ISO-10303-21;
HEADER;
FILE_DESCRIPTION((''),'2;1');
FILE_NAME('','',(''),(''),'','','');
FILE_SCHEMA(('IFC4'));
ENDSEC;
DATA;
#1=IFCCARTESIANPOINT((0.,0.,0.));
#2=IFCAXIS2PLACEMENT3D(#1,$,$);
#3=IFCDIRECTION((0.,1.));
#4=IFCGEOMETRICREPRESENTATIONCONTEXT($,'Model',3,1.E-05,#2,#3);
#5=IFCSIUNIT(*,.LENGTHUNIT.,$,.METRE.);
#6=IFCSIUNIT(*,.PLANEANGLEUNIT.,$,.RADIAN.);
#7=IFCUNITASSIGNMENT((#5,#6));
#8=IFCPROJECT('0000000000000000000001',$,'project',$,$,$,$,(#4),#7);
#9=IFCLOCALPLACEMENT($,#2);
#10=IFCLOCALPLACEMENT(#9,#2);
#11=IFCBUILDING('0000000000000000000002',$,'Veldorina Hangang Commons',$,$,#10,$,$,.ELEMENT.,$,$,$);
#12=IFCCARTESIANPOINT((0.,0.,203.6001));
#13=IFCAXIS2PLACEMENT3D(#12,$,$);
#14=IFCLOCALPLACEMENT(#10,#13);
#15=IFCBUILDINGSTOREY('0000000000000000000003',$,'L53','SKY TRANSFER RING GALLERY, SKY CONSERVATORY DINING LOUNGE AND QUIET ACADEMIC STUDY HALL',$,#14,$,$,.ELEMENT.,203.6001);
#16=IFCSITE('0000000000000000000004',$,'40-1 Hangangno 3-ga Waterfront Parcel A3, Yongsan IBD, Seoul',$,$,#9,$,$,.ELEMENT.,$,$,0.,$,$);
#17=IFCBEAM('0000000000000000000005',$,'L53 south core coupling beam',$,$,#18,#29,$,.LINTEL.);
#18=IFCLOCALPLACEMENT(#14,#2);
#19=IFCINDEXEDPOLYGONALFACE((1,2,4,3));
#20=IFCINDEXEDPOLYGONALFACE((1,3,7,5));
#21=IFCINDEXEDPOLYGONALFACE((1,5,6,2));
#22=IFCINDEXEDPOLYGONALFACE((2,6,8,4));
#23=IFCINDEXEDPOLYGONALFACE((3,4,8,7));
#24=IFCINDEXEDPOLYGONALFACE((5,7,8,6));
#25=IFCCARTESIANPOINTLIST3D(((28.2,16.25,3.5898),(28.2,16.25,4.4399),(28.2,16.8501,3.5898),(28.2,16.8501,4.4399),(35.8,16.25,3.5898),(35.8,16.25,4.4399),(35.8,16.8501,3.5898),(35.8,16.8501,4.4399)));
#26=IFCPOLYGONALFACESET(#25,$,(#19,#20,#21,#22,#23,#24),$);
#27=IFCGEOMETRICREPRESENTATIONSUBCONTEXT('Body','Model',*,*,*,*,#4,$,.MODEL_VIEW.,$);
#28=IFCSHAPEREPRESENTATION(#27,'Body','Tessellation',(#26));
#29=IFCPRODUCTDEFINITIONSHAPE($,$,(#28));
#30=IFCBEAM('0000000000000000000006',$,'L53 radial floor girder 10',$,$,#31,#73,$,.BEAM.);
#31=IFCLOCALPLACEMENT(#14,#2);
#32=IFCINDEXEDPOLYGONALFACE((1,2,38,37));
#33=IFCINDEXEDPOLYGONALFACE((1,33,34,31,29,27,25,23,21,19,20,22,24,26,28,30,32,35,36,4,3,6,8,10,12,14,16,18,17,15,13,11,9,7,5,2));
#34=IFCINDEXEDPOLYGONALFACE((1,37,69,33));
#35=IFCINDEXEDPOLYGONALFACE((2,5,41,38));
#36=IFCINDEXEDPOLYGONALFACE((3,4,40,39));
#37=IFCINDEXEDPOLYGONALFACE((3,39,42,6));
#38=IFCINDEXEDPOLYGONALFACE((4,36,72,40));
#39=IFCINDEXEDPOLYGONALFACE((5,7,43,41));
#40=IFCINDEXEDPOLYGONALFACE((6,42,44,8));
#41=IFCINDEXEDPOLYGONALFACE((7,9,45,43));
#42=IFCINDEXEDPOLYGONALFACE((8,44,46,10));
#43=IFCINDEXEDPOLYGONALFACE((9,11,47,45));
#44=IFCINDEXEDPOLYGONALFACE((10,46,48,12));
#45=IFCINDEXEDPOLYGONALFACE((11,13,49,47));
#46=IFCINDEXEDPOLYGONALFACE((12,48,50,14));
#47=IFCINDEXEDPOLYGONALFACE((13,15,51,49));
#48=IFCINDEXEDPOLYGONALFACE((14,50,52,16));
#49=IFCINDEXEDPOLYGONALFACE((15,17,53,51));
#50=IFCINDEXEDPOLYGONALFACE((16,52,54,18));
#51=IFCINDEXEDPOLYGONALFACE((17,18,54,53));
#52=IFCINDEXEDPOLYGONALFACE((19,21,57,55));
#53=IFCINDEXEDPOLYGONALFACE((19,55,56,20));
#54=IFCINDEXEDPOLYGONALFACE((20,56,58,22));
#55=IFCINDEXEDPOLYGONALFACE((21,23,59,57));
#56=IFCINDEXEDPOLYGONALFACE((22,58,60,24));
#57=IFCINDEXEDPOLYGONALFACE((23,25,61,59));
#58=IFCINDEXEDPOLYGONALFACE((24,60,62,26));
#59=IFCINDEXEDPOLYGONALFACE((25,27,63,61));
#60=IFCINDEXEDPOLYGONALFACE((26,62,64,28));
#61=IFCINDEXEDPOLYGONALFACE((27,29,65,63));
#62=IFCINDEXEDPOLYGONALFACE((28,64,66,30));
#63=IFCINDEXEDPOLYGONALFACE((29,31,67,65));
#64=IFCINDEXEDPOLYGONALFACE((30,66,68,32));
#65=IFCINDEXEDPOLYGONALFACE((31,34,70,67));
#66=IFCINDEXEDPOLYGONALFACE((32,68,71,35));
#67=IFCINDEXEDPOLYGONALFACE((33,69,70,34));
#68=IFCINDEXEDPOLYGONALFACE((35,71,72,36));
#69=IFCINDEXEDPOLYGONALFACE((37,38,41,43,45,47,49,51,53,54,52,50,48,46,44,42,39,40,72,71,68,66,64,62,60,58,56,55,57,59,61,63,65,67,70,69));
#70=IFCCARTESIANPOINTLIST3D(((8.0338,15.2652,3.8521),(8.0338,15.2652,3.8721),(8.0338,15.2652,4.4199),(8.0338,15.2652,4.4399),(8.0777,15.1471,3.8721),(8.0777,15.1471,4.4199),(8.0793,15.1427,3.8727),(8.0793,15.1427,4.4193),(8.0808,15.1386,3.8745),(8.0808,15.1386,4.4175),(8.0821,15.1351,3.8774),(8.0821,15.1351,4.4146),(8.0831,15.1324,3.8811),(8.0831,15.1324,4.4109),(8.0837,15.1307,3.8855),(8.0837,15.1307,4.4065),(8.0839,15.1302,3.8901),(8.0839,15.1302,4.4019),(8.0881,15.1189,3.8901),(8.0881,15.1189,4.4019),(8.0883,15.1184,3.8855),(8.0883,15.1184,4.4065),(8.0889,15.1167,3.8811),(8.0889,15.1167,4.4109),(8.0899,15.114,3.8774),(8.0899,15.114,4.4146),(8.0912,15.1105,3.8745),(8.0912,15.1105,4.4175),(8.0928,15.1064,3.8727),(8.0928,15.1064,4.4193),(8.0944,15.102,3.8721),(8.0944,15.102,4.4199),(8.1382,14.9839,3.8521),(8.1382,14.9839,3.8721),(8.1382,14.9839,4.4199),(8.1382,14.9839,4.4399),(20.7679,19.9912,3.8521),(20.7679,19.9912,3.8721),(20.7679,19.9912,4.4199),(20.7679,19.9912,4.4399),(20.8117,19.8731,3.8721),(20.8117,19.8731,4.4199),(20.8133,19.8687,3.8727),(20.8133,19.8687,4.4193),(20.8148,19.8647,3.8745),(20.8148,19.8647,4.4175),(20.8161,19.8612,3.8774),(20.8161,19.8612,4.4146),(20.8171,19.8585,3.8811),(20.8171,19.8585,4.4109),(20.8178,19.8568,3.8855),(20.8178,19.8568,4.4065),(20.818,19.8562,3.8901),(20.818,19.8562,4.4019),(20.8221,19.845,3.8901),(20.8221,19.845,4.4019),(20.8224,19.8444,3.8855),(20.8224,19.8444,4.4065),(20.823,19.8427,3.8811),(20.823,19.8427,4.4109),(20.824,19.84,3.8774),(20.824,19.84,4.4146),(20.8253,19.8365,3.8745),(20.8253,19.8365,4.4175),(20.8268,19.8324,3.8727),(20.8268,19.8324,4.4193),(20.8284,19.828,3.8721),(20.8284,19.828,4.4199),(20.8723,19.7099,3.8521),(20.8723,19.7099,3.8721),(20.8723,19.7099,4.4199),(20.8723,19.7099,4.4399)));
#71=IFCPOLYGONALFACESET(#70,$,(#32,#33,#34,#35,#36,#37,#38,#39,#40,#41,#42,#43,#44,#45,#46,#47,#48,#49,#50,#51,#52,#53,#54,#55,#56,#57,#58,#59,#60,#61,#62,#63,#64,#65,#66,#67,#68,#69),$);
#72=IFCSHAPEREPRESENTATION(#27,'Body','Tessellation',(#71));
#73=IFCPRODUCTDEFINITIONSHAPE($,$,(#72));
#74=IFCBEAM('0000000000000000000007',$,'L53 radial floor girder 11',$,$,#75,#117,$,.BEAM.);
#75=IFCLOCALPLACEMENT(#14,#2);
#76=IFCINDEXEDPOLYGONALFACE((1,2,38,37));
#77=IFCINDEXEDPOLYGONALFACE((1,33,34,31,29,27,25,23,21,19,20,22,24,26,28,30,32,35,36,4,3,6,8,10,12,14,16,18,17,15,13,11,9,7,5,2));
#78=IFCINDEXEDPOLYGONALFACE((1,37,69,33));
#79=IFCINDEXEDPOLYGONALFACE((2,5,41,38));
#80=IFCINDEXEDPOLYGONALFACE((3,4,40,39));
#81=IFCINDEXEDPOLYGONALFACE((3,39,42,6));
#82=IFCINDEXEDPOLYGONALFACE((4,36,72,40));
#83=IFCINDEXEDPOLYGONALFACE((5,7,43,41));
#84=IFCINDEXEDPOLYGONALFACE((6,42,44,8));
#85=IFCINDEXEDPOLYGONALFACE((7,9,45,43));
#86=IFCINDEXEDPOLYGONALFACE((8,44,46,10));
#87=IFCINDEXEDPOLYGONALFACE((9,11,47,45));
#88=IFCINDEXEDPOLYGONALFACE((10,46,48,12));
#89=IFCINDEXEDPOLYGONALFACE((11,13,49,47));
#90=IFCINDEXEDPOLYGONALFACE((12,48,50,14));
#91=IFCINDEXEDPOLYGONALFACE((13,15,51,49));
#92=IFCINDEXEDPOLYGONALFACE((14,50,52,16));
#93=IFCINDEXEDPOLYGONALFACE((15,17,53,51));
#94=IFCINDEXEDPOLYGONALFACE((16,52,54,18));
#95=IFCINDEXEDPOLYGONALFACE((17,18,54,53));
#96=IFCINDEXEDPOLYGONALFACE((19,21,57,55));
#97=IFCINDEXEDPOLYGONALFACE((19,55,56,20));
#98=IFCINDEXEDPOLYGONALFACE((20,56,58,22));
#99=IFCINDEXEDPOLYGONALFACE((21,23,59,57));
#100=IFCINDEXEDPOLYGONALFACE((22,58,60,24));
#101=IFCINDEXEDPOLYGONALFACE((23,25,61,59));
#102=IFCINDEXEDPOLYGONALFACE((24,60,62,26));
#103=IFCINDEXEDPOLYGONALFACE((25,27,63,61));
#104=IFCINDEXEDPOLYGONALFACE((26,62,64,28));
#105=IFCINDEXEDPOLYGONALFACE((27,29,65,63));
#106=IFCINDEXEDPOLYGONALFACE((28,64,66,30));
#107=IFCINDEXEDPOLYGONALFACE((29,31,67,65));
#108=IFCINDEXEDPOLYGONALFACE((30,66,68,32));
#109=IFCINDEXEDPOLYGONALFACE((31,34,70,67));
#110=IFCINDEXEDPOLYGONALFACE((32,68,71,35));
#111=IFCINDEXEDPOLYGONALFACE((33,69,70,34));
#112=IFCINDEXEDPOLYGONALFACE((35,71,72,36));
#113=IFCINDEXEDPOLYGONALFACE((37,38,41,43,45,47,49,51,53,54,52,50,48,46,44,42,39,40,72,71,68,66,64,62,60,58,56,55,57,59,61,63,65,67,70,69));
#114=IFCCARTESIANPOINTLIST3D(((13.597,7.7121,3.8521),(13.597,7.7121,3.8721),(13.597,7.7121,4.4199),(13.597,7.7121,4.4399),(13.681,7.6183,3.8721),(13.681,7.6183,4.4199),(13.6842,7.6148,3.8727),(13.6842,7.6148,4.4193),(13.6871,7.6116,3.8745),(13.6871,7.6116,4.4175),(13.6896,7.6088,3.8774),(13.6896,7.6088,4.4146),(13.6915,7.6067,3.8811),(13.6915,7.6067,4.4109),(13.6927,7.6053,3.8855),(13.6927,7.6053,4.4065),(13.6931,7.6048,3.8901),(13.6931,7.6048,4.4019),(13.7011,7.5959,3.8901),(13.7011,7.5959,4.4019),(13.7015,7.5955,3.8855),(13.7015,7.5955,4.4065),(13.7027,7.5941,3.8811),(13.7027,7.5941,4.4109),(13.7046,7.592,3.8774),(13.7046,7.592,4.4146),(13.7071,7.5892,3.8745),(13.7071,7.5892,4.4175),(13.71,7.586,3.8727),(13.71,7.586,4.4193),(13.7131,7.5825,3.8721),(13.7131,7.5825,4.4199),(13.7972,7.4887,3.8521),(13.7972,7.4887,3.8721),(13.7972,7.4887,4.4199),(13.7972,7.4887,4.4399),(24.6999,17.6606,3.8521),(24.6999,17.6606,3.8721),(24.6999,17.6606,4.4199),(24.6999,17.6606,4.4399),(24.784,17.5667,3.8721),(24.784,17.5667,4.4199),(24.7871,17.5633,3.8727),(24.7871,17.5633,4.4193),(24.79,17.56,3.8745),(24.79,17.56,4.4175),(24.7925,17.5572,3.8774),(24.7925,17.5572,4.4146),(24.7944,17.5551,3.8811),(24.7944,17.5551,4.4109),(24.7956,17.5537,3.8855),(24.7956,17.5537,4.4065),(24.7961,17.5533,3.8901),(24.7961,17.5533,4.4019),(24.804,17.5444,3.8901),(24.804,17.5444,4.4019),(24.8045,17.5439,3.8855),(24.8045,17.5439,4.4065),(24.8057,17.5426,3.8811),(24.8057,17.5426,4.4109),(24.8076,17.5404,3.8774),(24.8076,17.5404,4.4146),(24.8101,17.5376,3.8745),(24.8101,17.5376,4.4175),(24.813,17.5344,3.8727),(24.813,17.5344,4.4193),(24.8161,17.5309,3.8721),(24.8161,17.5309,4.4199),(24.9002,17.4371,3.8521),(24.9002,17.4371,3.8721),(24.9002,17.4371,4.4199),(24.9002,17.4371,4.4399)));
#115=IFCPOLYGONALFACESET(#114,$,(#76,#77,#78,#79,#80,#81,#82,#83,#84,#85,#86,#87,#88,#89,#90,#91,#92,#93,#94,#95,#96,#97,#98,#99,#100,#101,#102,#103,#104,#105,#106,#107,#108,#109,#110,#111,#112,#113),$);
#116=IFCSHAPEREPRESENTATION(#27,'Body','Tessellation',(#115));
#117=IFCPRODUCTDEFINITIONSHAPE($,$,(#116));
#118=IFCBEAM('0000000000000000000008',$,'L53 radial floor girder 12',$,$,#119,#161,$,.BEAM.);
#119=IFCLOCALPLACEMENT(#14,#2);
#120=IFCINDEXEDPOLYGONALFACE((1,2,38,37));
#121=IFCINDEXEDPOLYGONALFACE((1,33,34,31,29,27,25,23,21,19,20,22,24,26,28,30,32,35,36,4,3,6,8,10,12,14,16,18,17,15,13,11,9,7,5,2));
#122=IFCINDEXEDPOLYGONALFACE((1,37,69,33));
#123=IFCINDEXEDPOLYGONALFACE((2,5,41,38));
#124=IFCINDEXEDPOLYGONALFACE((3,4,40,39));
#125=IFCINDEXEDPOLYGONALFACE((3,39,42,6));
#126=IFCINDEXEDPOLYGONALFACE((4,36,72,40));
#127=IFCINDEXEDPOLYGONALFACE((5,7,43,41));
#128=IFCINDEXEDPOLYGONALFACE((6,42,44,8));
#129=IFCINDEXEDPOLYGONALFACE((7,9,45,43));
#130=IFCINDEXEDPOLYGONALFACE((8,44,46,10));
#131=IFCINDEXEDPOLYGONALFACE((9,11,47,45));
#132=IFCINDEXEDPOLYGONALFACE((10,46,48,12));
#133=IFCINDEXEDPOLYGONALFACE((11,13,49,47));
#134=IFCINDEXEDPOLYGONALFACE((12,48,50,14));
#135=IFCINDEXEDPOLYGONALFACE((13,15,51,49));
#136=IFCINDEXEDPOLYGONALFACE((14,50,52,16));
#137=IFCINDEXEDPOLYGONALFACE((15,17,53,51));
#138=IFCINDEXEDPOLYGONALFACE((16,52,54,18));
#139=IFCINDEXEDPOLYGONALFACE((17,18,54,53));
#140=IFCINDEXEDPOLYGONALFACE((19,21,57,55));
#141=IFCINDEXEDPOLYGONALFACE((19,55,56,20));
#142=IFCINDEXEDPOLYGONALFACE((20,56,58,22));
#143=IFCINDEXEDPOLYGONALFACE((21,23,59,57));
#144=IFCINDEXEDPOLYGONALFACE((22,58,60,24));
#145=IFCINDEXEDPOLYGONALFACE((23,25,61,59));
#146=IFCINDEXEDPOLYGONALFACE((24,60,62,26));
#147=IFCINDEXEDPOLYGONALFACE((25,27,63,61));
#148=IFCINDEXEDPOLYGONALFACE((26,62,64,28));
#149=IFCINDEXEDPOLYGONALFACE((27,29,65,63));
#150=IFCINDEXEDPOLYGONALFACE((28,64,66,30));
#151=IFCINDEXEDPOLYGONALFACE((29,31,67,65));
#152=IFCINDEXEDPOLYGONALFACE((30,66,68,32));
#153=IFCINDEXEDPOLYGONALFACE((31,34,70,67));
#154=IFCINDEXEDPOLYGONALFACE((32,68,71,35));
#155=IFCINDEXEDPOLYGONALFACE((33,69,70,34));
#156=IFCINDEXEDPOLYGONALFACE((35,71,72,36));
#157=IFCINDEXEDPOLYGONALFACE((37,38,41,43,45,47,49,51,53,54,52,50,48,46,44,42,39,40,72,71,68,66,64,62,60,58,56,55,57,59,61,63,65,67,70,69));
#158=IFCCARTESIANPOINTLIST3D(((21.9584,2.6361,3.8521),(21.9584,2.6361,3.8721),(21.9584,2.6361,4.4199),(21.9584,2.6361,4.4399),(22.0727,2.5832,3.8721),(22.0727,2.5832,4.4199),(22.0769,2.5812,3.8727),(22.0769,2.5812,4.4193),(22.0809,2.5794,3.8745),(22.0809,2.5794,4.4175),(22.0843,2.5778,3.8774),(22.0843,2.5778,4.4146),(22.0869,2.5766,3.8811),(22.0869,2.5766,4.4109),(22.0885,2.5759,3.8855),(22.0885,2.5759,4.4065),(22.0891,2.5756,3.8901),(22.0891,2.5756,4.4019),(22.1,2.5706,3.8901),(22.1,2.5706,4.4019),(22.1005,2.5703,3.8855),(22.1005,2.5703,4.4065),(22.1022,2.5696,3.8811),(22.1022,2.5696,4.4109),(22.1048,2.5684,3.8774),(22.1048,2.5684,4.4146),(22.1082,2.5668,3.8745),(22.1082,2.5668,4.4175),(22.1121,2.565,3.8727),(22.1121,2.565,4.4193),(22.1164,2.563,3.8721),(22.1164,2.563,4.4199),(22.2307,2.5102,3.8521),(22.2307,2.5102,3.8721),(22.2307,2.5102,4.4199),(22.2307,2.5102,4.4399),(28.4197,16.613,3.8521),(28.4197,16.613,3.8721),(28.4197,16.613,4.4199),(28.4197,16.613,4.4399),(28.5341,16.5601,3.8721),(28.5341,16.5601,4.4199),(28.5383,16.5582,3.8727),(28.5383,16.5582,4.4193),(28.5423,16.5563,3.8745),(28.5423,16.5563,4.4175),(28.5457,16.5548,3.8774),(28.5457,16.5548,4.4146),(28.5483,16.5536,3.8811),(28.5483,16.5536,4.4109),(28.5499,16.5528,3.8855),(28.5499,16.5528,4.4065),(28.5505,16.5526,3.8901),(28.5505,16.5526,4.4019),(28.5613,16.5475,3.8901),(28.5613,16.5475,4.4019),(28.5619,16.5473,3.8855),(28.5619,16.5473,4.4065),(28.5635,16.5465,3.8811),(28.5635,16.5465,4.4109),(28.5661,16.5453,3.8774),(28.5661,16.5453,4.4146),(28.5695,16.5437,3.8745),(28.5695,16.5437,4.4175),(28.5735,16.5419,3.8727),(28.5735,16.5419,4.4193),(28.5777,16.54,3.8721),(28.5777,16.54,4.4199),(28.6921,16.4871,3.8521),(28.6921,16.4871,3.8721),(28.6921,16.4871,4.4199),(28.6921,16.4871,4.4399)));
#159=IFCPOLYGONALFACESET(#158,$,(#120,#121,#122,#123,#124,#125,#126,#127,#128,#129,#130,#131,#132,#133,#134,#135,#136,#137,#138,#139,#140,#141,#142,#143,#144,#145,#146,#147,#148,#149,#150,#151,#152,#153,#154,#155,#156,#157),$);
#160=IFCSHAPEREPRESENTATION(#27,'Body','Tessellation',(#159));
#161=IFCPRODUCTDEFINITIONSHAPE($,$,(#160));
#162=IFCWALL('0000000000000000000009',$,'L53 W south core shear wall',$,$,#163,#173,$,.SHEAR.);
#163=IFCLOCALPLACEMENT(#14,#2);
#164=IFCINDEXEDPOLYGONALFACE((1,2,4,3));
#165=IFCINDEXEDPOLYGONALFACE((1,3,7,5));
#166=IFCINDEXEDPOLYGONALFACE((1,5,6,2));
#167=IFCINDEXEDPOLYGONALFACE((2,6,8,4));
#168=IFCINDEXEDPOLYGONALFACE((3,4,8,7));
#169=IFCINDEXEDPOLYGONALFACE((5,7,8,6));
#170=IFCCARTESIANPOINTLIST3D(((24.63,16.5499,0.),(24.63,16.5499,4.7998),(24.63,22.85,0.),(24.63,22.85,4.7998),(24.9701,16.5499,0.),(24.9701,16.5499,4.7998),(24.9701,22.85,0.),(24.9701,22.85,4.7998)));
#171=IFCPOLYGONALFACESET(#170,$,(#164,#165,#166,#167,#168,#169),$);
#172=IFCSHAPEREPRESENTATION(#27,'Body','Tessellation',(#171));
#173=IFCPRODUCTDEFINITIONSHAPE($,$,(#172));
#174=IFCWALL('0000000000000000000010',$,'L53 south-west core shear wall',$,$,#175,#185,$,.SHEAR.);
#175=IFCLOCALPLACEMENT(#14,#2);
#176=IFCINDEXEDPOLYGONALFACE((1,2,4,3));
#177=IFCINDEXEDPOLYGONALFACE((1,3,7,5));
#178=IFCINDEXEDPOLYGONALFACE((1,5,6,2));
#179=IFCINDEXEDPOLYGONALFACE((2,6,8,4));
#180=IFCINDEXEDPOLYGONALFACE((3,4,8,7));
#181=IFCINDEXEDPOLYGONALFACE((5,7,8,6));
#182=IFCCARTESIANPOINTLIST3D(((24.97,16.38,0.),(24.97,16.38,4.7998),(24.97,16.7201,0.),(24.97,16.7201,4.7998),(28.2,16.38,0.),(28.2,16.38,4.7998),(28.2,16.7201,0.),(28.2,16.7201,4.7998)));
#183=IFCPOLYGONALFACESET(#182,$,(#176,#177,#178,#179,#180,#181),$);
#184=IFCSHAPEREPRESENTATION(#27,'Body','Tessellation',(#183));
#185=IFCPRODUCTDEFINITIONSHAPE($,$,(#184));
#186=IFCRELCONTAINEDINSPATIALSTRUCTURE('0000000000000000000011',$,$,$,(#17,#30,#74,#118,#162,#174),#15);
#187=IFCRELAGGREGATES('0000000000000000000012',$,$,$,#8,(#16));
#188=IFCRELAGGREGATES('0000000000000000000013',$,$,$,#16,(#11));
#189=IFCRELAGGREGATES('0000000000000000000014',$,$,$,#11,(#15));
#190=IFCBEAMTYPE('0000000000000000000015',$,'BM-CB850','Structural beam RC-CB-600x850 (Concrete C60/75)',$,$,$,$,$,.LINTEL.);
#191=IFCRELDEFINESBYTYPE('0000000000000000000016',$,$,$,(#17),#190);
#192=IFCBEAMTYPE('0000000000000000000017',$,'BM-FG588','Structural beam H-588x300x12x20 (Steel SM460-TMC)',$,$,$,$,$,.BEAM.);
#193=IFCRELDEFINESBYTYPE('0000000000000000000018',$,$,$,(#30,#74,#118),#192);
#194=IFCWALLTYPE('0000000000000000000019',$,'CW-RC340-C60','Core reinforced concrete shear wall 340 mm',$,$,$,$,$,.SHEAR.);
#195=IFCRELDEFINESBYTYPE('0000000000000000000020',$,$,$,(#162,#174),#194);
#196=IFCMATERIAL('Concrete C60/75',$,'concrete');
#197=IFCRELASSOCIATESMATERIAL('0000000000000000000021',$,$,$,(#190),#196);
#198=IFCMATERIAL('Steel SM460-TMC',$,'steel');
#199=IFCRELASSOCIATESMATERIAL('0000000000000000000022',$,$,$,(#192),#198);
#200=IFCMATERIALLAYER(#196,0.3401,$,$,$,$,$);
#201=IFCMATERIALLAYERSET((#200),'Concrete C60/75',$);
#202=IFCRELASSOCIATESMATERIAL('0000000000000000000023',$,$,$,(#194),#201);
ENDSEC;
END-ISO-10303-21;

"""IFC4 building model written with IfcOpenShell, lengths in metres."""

from ifc_helpers import new_model, si_unit, direction, frame, frame_2d, origin, origin_2d, place, context, subcontext, project, spatial, rectangle, i_section, extrude, material, layer, layer_set, material_profile, profile_set, type_object, element, save


model = new_model("IFC4")

# Units and contexts
model_context = context("Model", 3, precision=1e-05, world=origin(), true_north=direction((0.0, 1.0)))
body_context = subcontext(model_context, "Body", "Model", "MODEL_VIEW")
ifc_project = project(units=[si_unit("LENGTHUNIT", "METRE"), si_unit("PLANEANGLEUNIT", "RADIAN")], contexts=[model_context])

# Site, building, storey
site_placement = place(None, origin())
site = spatial("IfcSite", under=ifc_project, at=site_placement, Name="40-1 Hangangno 3-ga Waterfront Parcel A3, Yongsan IBD, Seoul", CompositionType="ELEMENT", RefElevation=0.0)
building_placement = place(site_placement, origin())
building = spatial("IfcBuilding", under=site, at=building_placement, Name="Veldorina Hangang Commons", CompositionType="ELEMENT")
storey_placement = place(building_placement, frame((0.0, 0.0, 203.6001)))
storey = spatial("IfcBuildingStorey", under=building, at=storey_placement, Name="L53", Description="SKY TRANSFER RING GALLERY, SKY CONSERVATORY DINING LOUNGE AND QUIET ACADEMIC STUDY HALL", CompositionType="ELEMENT", Elevation=203.6001)

# Beams
ifc_material_1 = material(Name="Concrete C60/75", Category="concrete")
ifc_material_profile_1 = material_profile(ifc_material_1, rectangle(XDim=0.6001, YDim=0.8501, at=origin_2d()), Name="RC-CB-600x850")
ifc_profile_set_1 = profile_set([ifc_material_profile_1], Name="Concrete C60/75")
beam_type_1 = type_object("IfcBeamType", Name="BM-CB850", Description="Structural beam RC-CB-600x850 (Concrete C60/75)", PredefinedType="LINTEL", material=ifc_profile_set_1)
beam_1_placement = place(storey_placement, frame((28.2, 16.55, 4.0149), z_axis=(1.0, 0.0, 0.0), x_axis=(0.0, 1.0, 0.0)))
element("IfcBeam", 1, at=beam_1_placement, inside=storey, type_object=beam_type_1, Name="L53 south core coupling beam", PredefinedType="LINTEL", context=body_context, shape_type="SweptSolid", body=[
    extrude(rectangle(XDim=0.6001, YDim=0.8501, at=origin_2d()), origin(), (0.0, 0.0, 1.0), 7.6001),
])
ifc_material_2 = material(Name="Steel SM460-TMC", Category="steel")
ifc_material_profile_2 = material_profile(ifc_material_2, i_section(OverallWidth=0.3, OverallDepth=0.5879, WebThickness=0.012, FlangeThickness=0.02, FilletRadius=0.0181, at=origin_2d()), Name="H-588x300x12x20")
ifc_profile_set_2 = profile_set([ifc_material_profile_2], Name="Steel SM460-TMC")
beam_type_2 = type_object("IfcBeamType", Name="BM-FG588", Description="Structural beam H-588x300x12x20 (Steel SM460-TMC)", PredefinedType="BEAM", material=ifc_profile_set_2)
beam_2_placement = place(storey_placement, frame((20.8201, 19.8506, 4.146), z_axis=(-0.937515, -0.347944, 0.0), x_axis=(0.347944, -0.937515, 0.0)))
element("IfcBeam", 2, at=beam_2_placement, inside=storey, type_object=beam_type_2, Name="L53 radial floor girder 10", PredefinedType="BEAM", context=body_context, shape_type="SweptSolid", body=[
    extrude(i_section(OverallWidth=0.3, OverallDepth=0.5879, WebThickness=0.012, FlangeThickness=0.02, FilletRadius=0.0181, at=origin_2d()), origin(), (0.0, 0.0, 1.0), 13.5828),
])
beam_3_placement = place(storey_placement, frame((24.8, 17.5488, 4.146), z_axis=(-0.744768, -0.667324, 0.0), x_axis=(0.667324, -0.744768, 0.0)))
element("IfcBeam", 3, at=beam_3_placement, inside=storey, type_object=beam_type_2, Name="L53 radial floor girder 11", PredefinedType="BEAM", context=body_context, shape_type="SweptSolid", body=[
    extrude(i_section(OverallWidth=0.3, OverallDepth=0.5879, WebThickness=0.012, FlangeThickness=0.02, FilletRadius=0.0181, at=origin_2d()), origin(), (0.0, 0.0, 1.0), 14.908),
])
beam_4_placement = place(storey_placement, frame((28.5559, 16.55, 4.146), z_axis=(-0.419619, -0.9077, 0.0), x_axis=(0.9077, -0.419619, 0.0)))
element("IfcBeam", 4, at=beam_4_placement, inside=storey, type_object=beam_type_2, Name="L53 radial floor girder 12", PredefinedType="BEAM", context=body_context, shape_type="SweptSolid", body=[
    extrude(i_section(OverallWidth=0.3, OverallDepth=0.5879, WebThickness=0.012, FlangeThickness=0.02, FilletRadius=0.0181, at=origin_2d()), origin(), (0.0, 0.0, 1.0), 15.3982),
])

# Walls
ifc_layer_1 = layer(ifc_material_1, 0.3401)
ifc_layer_set_1 = layer_set([ifc_layer_1], Name="Concrete C60/75")
wall_type_1 = type_object("IfcWallType", Name="CW-RC340-C60", Description="Core reinforced concrete shear wall 340 mm", PredefinedType="SHEAR", material=ifc_layer_set_1)
wall_1_placement = place(storey_placement, frame((24.8, 16.55, 0.0), z_axis=(0.0, 0.0, 1.0), x_axis=(0.0, 1.0, 0.0)))
element("IfcWall", 5, at=wall_1_placement, inside=storey, type_object=wall_type_1, Name="L53 W south core shear wall", PredefinedType="SHEAR", context=body_context, shape_type="SweptSolid", body=[
    extrude(rectangle(XDim=6.3, YDim=0.3401, at=frame_2d((3.1499, 0.0))), origin(), (0.0, 0.0, 1.0), 4.7998),
])
wall_2_placement = place(storey_placement, frame((24.97, 16.55, 0.0), z_axis=(0.0, 0.0, 1.0), x_axis=(1.0, 0.0, 0.0)))
element("IfcWall", 6, at=wall_2_placement, inside=storey, type_object=wall_type_1, Name="L53 south-west core shear wall", PredefinedType="SHEAR", context=body_context, shape_type="SweptSolid", body=[
    extrude(rectangle(XDim=3.23, YDim=0.3401, at=frame_2d((1.615, 0.0))), origin(), (0.0, 0.0, 1.0), 4.7998),
])

save(model, "model.ifc")
